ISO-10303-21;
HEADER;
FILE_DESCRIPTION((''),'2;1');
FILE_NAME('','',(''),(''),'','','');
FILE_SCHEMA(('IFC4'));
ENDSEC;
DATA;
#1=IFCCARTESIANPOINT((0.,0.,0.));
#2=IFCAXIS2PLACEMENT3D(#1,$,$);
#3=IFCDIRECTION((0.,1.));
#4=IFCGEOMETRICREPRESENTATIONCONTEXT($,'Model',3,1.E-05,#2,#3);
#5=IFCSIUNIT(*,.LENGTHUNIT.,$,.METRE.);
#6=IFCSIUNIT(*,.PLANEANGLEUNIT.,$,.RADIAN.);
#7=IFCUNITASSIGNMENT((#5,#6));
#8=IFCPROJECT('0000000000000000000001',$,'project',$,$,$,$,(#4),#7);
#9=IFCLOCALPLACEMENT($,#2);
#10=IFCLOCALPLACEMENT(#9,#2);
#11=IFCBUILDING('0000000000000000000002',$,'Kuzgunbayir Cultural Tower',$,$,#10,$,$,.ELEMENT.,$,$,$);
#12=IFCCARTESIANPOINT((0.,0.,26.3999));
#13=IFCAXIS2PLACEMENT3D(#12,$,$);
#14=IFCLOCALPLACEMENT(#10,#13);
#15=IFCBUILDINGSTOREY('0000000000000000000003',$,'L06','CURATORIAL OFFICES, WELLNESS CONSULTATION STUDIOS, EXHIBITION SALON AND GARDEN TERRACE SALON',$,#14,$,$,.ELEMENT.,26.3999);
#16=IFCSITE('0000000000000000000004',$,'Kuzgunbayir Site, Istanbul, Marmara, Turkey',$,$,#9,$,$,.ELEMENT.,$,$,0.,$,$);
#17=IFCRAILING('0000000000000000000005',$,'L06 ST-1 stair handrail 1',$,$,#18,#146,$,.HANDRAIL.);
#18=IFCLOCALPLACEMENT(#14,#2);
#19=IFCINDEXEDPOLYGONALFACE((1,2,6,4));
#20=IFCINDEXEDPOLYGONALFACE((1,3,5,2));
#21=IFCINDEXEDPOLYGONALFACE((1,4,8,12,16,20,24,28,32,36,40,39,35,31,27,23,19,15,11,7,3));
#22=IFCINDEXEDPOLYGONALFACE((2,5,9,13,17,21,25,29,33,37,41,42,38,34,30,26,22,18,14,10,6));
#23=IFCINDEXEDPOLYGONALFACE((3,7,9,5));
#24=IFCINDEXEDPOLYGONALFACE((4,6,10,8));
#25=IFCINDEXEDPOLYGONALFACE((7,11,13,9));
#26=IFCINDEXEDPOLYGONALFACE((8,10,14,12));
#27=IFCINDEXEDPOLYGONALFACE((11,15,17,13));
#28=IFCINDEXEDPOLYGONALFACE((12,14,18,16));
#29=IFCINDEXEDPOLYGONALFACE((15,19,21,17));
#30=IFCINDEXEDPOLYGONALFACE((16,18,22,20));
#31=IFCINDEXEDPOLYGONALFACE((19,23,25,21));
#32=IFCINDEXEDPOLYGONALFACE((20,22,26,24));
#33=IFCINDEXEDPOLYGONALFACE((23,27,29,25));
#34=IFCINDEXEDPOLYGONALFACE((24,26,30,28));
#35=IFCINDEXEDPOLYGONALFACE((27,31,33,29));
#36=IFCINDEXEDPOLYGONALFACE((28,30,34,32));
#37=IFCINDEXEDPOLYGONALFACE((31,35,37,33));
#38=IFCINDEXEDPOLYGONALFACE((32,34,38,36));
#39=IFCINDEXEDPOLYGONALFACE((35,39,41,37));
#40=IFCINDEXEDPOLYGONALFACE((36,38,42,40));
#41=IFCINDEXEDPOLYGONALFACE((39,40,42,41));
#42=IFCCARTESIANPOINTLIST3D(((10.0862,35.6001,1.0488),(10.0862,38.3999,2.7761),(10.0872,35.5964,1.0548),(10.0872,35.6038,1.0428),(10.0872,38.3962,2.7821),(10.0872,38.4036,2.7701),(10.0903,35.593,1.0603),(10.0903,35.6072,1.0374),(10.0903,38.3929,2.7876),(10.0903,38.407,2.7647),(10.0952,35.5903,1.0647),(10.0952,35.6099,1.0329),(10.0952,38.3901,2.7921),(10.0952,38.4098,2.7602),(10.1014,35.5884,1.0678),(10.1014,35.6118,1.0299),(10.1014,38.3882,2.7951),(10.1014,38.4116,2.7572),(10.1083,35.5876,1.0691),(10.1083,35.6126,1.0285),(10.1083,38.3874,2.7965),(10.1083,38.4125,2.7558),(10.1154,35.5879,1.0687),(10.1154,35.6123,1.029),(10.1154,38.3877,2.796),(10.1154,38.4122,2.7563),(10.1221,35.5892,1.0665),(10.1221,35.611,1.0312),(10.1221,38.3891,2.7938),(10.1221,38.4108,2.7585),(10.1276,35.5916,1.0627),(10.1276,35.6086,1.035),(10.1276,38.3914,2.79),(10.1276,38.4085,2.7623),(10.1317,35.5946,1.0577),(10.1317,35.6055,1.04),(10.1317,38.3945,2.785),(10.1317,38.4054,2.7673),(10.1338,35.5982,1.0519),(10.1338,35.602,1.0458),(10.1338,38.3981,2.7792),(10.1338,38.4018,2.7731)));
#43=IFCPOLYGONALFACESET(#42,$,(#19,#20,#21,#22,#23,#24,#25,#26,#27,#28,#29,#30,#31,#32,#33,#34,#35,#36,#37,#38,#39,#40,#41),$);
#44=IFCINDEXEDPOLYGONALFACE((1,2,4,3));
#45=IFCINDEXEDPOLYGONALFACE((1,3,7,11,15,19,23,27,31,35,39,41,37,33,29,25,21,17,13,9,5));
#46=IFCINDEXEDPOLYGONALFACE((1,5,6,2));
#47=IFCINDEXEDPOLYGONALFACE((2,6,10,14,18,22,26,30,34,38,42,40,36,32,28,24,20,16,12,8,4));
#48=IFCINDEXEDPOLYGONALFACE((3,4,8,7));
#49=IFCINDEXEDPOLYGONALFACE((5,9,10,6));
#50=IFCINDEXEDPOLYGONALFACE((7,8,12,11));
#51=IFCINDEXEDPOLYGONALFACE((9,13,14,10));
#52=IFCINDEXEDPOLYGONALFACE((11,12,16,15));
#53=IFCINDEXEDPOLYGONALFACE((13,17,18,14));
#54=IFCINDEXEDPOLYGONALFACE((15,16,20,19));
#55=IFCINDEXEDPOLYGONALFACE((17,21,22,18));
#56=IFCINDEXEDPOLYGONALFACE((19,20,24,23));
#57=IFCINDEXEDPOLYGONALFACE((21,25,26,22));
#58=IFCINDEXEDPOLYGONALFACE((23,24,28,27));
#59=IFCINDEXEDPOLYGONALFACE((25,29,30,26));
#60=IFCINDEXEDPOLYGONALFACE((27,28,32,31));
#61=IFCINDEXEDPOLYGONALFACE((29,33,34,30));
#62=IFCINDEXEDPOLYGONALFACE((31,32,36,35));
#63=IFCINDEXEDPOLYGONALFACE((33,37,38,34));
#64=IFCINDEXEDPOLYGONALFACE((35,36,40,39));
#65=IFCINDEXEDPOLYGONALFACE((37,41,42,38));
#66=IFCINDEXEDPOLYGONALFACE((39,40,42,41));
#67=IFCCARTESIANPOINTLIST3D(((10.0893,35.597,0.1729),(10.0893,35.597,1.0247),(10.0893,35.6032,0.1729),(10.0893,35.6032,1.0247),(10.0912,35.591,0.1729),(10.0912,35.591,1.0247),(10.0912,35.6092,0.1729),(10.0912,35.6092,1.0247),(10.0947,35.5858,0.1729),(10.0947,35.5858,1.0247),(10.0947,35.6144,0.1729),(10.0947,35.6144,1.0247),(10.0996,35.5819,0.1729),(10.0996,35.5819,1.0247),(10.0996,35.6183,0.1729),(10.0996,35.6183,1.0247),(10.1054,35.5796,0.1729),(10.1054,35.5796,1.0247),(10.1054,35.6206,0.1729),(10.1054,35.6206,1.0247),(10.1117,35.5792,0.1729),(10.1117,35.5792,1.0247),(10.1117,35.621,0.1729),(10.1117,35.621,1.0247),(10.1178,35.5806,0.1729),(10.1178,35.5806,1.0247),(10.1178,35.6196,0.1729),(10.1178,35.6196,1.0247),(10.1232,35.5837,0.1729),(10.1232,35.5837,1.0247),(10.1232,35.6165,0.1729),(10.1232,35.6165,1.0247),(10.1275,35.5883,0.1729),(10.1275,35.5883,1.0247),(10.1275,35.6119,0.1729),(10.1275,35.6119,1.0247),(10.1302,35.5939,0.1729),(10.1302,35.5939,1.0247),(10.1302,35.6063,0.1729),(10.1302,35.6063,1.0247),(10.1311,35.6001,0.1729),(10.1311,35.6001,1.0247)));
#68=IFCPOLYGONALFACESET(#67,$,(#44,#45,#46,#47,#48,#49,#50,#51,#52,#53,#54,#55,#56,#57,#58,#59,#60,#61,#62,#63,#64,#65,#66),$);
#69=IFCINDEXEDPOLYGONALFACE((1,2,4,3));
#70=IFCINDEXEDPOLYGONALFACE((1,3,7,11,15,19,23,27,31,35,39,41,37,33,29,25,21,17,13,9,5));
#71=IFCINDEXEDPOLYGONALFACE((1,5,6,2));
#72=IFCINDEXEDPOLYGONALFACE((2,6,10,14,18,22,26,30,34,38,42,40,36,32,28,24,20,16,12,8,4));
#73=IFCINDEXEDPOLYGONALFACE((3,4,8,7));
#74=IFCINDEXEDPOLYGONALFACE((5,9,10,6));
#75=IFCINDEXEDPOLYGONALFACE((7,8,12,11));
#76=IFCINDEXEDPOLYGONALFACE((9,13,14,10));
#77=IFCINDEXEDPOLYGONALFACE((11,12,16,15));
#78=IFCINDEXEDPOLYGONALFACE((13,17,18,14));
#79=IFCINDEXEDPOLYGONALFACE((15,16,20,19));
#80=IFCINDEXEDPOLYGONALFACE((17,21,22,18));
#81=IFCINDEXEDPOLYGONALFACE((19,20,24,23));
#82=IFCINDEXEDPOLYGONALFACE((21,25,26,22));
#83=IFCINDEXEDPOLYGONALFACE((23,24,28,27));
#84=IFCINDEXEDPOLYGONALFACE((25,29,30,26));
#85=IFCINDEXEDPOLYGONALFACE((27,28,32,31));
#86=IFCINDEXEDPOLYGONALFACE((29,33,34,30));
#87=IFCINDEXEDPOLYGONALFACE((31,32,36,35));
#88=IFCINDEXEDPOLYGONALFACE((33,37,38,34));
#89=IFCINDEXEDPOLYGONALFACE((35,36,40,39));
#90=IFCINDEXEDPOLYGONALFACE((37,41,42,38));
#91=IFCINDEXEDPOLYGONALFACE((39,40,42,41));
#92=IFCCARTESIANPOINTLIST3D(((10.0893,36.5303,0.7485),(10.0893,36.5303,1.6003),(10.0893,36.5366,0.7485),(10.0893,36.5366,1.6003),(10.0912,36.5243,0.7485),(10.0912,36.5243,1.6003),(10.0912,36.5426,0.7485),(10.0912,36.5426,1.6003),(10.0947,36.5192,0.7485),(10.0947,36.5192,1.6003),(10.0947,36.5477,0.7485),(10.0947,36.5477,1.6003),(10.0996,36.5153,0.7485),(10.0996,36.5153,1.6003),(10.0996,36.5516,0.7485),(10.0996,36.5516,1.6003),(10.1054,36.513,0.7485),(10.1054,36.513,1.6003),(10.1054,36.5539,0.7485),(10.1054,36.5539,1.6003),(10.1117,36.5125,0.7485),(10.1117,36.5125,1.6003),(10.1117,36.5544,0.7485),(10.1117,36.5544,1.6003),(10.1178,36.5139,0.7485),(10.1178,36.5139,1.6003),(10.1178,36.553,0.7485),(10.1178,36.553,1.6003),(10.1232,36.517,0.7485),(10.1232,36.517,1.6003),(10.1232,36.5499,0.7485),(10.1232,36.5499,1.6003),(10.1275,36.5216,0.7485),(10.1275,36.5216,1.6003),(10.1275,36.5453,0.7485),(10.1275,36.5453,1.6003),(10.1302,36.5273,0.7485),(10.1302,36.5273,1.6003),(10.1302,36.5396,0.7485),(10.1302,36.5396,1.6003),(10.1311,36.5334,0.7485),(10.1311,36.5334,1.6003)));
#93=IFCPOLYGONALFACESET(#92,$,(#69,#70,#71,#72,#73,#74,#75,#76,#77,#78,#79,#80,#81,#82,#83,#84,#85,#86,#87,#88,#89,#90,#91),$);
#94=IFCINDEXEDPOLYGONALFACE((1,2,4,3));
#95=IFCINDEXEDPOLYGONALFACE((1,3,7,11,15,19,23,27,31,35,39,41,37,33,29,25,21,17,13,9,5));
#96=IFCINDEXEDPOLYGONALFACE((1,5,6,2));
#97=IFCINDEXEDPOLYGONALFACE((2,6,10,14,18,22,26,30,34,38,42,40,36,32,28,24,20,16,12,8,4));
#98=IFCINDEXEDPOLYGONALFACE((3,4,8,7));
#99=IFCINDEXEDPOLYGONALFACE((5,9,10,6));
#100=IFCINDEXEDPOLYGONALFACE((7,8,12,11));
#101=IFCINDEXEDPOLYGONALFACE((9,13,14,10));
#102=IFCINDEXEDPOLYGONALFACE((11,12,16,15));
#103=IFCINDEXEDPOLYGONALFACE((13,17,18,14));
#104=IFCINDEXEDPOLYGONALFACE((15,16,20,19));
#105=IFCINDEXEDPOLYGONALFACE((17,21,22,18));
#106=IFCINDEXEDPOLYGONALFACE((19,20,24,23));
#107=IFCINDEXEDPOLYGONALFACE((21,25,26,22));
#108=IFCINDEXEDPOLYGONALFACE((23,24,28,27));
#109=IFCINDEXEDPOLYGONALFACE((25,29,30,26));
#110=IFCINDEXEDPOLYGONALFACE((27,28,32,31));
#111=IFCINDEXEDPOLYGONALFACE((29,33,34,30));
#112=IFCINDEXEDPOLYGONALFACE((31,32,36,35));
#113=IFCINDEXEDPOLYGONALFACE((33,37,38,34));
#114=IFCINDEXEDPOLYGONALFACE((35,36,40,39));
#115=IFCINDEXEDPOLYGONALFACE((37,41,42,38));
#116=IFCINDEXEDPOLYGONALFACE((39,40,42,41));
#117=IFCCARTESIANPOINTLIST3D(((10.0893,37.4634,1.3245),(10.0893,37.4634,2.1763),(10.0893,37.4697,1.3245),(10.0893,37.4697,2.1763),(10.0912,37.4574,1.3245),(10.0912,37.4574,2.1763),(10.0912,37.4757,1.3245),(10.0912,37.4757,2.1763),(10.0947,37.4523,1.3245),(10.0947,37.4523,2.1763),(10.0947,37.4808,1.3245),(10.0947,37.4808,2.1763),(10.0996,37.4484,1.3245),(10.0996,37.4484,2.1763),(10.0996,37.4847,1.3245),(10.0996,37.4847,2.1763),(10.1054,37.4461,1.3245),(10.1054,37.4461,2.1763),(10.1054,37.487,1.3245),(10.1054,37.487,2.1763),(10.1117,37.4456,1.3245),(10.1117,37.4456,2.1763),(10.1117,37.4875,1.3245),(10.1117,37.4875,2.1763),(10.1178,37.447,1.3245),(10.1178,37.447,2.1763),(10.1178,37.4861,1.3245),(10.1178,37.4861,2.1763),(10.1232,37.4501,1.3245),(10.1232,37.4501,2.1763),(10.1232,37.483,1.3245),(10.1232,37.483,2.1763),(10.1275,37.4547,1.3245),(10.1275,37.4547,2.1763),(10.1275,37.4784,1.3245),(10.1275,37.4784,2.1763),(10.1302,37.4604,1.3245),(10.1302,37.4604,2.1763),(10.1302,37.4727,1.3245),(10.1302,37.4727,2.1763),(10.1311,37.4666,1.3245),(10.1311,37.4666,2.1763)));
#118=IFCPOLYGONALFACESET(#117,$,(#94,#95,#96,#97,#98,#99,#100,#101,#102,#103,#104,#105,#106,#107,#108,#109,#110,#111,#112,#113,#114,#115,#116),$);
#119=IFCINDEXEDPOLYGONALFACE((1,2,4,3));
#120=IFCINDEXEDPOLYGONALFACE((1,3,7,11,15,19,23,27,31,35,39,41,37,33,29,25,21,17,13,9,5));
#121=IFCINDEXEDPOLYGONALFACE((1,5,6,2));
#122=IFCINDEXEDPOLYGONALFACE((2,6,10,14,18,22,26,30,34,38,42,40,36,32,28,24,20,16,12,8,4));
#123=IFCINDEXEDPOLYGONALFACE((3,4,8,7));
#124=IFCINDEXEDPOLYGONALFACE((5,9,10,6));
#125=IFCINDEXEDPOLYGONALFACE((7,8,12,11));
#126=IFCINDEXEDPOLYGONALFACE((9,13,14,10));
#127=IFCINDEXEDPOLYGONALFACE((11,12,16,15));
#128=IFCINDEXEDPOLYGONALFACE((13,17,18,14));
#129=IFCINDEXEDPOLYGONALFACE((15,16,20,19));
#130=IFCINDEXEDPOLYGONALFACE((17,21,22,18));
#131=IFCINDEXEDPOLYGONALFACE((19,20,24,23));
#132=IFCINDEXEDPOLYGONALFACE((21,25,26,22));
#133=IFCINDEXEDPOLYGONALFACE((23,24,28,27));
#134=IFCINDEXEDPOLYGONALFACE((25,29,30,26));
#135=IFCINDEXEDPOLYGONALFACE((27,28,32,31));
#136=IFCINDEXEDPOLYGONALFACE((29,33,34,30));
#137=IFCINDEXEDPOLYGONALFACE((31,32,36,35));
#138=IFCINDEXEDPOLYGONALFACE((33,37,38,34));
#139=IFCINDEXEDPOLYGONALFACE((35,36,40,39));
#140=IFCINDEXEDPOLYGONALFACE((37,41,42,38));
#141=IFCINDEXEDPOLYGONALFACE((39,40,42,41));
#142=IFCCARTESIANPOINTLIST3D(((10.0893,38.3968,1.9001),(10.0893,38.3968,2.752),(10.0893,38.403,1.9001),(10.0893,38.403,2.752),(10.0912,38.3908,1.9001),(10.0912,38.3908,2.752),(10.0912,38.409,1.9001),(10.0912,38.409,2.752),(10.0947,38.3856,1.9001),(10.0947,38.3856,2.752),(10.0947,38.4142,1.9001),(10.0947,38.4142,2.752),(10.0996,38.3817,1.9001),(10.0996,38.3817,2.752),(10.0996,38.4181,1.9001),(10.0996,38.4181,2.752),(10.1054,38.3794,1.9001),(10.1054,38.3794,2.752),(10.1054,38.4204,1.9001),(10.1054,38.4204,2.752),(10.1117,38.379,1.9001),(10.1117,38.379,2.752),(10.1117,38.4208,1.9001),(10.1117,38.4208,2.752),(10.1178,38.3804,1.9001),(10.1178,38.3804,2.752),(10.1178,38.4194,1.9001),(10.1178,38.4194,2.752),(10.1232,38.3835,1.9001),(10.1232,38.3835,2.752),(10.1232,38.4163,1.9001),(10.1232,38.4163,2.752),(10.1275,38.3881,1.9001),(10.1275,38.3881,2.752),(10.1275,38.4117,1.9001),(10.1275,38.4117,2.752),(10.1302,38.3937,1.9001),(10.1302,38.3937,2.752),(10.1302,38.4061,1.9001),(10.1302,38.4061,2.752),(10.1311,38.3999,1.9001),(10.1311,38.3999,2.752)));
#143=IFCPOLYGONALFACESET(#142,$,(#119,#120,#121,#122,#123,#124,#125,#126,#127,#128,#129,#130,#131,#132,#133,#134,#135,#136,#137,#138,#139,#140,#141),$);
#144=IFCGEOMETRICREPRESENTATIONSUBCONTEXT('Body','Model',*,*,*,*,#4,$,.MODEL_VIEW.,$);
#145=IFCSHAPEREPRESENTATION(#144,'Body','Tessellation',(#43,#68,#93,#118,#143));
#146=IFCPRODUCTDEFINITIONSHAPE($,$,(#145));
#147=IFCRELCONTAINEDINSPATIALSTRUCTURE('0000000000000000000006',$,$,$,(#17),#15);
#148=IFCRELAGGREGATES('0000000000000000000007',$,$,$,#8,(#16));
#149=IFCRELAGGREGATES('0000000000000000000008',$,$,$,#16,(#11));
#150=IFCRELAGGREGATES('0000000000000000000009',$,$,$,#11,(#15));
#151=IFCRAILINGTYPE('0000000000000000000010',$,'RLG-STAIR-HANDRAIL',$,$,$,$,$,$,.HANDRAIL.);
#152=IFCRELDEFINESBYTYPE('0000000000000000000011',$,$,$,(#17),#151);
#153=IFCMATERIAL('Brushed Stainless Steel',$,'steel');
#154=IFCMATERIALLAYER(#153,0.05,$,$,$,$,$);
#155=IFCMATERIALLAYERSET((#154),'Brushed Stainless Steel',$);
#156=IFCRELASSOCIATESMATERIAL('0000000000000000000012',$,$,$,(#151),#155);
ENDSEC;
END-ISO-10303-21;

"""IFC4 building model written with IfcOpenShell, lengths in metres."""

from ifc_helpers import new_model, si_unit, direction, frame, origin, origin_2d, place, context, subcontext, project, spatial, circle, extrude, material, layer, layer_set, type_object, element, save


model = new_model("IFC4")

# Units and contexts
model_context = context("Model", 3, precision=1e-05, world=origin(), true_north=direction((0.0, 1.0)))
body_context = subcontext(model_context, "Body", "Model", "MODEL_VIEW")
ifc_project = project(units=[si_unit("LENGTHUNIT", "METRE"), si_unit("PLANEANGLEUNIT", "RADIAN")], contexts=[model_context])

# Site, building, storey
site_placement = place(None, origin())
site = spatial("IfcSite", under=ifc_project, at=site_placement, Name="Kuzgunbayir Site, Istanbul, Marmara, Turkey", CompositionType="ELEMENT", RefElevation=0.0)
building_placement = place(site_placement, origin())
building = spatial("IfcBuilding", under=site, at=building_placement, Name="Kuzgunbayir Cultural Tower", CompositionType="ELEMENT")
storey_placement = place(building_placement, frame((0.0, 0.0, 26.3999)))
storey = spatial("IfcBuildingStorey", under=building, at=storey_placement, Name="L06", Description="CURATORIAL OFFICES, WELLNESS CONSULTATION STUDIOS, EXHIBITION SALON AND GARDEN TERRACE SALON", CompositionType="ELEMENT", Elevation=26.3999)

# Shared definitions
ifc_material_1 = material(Name="Brushed Stainless Steel", Category="steel")

# Railing
ifc_layer_1 = layer(ifc_material_1, 0.05)
ifc_layer_set_1 = layer_set([ifc_layer_1], Name="Brushed Stainless Steel")
railing_type_1 = type_object("IfcRailingType", Name="RLG-STAIR-HANDRAIL", PredefinedType="HANDRAIL", material=ifc_layer_set_1)
railing_1_placement = place(storey_placement, frame((10.1101, 35.6001, 0.1729)))
element("IfcRailing", 1, at=railing_1_placement, inside=storey, type_object=railing_type_1, Name="L06 ST-1 stair handrail 1", PredefinedType="HANDRAIL", context=body_context, shape_type="SweptSolid", body=[
    extrude(circle(Radius=0.0239, at=origin_2d()), frame((0.0, 0.0, 0.876), z_axis=(0.0, 0.851069, 0.525054), x_axis=(-1.0, 0.0, 0.0)), (0.0, 0.0, 1.0), 3.2898),
    extrude(circle(Radius=0.021, at=origin_2d()), origin(), (0.0, 0.0, 1.0), 0.8518),
    extrude(circle(Radius=0.021, at=origin_2d()), frame((0.0, 0.9333, 0.5757)), (0.0, 0.0, 1.0), 0.8518),
    extrude(circle(Radius=0.021, at=origin_2d()), frame((0.0, 1.8665, 1.1516)), (0.0, 0.0, 1.0), 0.8518),
    extrude(circle(Radius=0.021, at=origin_2d()), frame((0.0, 2.7998, 1.7273)), (0.0, 0.0, 1.0), 0.8518),
])

save(model, "model.ifc")
